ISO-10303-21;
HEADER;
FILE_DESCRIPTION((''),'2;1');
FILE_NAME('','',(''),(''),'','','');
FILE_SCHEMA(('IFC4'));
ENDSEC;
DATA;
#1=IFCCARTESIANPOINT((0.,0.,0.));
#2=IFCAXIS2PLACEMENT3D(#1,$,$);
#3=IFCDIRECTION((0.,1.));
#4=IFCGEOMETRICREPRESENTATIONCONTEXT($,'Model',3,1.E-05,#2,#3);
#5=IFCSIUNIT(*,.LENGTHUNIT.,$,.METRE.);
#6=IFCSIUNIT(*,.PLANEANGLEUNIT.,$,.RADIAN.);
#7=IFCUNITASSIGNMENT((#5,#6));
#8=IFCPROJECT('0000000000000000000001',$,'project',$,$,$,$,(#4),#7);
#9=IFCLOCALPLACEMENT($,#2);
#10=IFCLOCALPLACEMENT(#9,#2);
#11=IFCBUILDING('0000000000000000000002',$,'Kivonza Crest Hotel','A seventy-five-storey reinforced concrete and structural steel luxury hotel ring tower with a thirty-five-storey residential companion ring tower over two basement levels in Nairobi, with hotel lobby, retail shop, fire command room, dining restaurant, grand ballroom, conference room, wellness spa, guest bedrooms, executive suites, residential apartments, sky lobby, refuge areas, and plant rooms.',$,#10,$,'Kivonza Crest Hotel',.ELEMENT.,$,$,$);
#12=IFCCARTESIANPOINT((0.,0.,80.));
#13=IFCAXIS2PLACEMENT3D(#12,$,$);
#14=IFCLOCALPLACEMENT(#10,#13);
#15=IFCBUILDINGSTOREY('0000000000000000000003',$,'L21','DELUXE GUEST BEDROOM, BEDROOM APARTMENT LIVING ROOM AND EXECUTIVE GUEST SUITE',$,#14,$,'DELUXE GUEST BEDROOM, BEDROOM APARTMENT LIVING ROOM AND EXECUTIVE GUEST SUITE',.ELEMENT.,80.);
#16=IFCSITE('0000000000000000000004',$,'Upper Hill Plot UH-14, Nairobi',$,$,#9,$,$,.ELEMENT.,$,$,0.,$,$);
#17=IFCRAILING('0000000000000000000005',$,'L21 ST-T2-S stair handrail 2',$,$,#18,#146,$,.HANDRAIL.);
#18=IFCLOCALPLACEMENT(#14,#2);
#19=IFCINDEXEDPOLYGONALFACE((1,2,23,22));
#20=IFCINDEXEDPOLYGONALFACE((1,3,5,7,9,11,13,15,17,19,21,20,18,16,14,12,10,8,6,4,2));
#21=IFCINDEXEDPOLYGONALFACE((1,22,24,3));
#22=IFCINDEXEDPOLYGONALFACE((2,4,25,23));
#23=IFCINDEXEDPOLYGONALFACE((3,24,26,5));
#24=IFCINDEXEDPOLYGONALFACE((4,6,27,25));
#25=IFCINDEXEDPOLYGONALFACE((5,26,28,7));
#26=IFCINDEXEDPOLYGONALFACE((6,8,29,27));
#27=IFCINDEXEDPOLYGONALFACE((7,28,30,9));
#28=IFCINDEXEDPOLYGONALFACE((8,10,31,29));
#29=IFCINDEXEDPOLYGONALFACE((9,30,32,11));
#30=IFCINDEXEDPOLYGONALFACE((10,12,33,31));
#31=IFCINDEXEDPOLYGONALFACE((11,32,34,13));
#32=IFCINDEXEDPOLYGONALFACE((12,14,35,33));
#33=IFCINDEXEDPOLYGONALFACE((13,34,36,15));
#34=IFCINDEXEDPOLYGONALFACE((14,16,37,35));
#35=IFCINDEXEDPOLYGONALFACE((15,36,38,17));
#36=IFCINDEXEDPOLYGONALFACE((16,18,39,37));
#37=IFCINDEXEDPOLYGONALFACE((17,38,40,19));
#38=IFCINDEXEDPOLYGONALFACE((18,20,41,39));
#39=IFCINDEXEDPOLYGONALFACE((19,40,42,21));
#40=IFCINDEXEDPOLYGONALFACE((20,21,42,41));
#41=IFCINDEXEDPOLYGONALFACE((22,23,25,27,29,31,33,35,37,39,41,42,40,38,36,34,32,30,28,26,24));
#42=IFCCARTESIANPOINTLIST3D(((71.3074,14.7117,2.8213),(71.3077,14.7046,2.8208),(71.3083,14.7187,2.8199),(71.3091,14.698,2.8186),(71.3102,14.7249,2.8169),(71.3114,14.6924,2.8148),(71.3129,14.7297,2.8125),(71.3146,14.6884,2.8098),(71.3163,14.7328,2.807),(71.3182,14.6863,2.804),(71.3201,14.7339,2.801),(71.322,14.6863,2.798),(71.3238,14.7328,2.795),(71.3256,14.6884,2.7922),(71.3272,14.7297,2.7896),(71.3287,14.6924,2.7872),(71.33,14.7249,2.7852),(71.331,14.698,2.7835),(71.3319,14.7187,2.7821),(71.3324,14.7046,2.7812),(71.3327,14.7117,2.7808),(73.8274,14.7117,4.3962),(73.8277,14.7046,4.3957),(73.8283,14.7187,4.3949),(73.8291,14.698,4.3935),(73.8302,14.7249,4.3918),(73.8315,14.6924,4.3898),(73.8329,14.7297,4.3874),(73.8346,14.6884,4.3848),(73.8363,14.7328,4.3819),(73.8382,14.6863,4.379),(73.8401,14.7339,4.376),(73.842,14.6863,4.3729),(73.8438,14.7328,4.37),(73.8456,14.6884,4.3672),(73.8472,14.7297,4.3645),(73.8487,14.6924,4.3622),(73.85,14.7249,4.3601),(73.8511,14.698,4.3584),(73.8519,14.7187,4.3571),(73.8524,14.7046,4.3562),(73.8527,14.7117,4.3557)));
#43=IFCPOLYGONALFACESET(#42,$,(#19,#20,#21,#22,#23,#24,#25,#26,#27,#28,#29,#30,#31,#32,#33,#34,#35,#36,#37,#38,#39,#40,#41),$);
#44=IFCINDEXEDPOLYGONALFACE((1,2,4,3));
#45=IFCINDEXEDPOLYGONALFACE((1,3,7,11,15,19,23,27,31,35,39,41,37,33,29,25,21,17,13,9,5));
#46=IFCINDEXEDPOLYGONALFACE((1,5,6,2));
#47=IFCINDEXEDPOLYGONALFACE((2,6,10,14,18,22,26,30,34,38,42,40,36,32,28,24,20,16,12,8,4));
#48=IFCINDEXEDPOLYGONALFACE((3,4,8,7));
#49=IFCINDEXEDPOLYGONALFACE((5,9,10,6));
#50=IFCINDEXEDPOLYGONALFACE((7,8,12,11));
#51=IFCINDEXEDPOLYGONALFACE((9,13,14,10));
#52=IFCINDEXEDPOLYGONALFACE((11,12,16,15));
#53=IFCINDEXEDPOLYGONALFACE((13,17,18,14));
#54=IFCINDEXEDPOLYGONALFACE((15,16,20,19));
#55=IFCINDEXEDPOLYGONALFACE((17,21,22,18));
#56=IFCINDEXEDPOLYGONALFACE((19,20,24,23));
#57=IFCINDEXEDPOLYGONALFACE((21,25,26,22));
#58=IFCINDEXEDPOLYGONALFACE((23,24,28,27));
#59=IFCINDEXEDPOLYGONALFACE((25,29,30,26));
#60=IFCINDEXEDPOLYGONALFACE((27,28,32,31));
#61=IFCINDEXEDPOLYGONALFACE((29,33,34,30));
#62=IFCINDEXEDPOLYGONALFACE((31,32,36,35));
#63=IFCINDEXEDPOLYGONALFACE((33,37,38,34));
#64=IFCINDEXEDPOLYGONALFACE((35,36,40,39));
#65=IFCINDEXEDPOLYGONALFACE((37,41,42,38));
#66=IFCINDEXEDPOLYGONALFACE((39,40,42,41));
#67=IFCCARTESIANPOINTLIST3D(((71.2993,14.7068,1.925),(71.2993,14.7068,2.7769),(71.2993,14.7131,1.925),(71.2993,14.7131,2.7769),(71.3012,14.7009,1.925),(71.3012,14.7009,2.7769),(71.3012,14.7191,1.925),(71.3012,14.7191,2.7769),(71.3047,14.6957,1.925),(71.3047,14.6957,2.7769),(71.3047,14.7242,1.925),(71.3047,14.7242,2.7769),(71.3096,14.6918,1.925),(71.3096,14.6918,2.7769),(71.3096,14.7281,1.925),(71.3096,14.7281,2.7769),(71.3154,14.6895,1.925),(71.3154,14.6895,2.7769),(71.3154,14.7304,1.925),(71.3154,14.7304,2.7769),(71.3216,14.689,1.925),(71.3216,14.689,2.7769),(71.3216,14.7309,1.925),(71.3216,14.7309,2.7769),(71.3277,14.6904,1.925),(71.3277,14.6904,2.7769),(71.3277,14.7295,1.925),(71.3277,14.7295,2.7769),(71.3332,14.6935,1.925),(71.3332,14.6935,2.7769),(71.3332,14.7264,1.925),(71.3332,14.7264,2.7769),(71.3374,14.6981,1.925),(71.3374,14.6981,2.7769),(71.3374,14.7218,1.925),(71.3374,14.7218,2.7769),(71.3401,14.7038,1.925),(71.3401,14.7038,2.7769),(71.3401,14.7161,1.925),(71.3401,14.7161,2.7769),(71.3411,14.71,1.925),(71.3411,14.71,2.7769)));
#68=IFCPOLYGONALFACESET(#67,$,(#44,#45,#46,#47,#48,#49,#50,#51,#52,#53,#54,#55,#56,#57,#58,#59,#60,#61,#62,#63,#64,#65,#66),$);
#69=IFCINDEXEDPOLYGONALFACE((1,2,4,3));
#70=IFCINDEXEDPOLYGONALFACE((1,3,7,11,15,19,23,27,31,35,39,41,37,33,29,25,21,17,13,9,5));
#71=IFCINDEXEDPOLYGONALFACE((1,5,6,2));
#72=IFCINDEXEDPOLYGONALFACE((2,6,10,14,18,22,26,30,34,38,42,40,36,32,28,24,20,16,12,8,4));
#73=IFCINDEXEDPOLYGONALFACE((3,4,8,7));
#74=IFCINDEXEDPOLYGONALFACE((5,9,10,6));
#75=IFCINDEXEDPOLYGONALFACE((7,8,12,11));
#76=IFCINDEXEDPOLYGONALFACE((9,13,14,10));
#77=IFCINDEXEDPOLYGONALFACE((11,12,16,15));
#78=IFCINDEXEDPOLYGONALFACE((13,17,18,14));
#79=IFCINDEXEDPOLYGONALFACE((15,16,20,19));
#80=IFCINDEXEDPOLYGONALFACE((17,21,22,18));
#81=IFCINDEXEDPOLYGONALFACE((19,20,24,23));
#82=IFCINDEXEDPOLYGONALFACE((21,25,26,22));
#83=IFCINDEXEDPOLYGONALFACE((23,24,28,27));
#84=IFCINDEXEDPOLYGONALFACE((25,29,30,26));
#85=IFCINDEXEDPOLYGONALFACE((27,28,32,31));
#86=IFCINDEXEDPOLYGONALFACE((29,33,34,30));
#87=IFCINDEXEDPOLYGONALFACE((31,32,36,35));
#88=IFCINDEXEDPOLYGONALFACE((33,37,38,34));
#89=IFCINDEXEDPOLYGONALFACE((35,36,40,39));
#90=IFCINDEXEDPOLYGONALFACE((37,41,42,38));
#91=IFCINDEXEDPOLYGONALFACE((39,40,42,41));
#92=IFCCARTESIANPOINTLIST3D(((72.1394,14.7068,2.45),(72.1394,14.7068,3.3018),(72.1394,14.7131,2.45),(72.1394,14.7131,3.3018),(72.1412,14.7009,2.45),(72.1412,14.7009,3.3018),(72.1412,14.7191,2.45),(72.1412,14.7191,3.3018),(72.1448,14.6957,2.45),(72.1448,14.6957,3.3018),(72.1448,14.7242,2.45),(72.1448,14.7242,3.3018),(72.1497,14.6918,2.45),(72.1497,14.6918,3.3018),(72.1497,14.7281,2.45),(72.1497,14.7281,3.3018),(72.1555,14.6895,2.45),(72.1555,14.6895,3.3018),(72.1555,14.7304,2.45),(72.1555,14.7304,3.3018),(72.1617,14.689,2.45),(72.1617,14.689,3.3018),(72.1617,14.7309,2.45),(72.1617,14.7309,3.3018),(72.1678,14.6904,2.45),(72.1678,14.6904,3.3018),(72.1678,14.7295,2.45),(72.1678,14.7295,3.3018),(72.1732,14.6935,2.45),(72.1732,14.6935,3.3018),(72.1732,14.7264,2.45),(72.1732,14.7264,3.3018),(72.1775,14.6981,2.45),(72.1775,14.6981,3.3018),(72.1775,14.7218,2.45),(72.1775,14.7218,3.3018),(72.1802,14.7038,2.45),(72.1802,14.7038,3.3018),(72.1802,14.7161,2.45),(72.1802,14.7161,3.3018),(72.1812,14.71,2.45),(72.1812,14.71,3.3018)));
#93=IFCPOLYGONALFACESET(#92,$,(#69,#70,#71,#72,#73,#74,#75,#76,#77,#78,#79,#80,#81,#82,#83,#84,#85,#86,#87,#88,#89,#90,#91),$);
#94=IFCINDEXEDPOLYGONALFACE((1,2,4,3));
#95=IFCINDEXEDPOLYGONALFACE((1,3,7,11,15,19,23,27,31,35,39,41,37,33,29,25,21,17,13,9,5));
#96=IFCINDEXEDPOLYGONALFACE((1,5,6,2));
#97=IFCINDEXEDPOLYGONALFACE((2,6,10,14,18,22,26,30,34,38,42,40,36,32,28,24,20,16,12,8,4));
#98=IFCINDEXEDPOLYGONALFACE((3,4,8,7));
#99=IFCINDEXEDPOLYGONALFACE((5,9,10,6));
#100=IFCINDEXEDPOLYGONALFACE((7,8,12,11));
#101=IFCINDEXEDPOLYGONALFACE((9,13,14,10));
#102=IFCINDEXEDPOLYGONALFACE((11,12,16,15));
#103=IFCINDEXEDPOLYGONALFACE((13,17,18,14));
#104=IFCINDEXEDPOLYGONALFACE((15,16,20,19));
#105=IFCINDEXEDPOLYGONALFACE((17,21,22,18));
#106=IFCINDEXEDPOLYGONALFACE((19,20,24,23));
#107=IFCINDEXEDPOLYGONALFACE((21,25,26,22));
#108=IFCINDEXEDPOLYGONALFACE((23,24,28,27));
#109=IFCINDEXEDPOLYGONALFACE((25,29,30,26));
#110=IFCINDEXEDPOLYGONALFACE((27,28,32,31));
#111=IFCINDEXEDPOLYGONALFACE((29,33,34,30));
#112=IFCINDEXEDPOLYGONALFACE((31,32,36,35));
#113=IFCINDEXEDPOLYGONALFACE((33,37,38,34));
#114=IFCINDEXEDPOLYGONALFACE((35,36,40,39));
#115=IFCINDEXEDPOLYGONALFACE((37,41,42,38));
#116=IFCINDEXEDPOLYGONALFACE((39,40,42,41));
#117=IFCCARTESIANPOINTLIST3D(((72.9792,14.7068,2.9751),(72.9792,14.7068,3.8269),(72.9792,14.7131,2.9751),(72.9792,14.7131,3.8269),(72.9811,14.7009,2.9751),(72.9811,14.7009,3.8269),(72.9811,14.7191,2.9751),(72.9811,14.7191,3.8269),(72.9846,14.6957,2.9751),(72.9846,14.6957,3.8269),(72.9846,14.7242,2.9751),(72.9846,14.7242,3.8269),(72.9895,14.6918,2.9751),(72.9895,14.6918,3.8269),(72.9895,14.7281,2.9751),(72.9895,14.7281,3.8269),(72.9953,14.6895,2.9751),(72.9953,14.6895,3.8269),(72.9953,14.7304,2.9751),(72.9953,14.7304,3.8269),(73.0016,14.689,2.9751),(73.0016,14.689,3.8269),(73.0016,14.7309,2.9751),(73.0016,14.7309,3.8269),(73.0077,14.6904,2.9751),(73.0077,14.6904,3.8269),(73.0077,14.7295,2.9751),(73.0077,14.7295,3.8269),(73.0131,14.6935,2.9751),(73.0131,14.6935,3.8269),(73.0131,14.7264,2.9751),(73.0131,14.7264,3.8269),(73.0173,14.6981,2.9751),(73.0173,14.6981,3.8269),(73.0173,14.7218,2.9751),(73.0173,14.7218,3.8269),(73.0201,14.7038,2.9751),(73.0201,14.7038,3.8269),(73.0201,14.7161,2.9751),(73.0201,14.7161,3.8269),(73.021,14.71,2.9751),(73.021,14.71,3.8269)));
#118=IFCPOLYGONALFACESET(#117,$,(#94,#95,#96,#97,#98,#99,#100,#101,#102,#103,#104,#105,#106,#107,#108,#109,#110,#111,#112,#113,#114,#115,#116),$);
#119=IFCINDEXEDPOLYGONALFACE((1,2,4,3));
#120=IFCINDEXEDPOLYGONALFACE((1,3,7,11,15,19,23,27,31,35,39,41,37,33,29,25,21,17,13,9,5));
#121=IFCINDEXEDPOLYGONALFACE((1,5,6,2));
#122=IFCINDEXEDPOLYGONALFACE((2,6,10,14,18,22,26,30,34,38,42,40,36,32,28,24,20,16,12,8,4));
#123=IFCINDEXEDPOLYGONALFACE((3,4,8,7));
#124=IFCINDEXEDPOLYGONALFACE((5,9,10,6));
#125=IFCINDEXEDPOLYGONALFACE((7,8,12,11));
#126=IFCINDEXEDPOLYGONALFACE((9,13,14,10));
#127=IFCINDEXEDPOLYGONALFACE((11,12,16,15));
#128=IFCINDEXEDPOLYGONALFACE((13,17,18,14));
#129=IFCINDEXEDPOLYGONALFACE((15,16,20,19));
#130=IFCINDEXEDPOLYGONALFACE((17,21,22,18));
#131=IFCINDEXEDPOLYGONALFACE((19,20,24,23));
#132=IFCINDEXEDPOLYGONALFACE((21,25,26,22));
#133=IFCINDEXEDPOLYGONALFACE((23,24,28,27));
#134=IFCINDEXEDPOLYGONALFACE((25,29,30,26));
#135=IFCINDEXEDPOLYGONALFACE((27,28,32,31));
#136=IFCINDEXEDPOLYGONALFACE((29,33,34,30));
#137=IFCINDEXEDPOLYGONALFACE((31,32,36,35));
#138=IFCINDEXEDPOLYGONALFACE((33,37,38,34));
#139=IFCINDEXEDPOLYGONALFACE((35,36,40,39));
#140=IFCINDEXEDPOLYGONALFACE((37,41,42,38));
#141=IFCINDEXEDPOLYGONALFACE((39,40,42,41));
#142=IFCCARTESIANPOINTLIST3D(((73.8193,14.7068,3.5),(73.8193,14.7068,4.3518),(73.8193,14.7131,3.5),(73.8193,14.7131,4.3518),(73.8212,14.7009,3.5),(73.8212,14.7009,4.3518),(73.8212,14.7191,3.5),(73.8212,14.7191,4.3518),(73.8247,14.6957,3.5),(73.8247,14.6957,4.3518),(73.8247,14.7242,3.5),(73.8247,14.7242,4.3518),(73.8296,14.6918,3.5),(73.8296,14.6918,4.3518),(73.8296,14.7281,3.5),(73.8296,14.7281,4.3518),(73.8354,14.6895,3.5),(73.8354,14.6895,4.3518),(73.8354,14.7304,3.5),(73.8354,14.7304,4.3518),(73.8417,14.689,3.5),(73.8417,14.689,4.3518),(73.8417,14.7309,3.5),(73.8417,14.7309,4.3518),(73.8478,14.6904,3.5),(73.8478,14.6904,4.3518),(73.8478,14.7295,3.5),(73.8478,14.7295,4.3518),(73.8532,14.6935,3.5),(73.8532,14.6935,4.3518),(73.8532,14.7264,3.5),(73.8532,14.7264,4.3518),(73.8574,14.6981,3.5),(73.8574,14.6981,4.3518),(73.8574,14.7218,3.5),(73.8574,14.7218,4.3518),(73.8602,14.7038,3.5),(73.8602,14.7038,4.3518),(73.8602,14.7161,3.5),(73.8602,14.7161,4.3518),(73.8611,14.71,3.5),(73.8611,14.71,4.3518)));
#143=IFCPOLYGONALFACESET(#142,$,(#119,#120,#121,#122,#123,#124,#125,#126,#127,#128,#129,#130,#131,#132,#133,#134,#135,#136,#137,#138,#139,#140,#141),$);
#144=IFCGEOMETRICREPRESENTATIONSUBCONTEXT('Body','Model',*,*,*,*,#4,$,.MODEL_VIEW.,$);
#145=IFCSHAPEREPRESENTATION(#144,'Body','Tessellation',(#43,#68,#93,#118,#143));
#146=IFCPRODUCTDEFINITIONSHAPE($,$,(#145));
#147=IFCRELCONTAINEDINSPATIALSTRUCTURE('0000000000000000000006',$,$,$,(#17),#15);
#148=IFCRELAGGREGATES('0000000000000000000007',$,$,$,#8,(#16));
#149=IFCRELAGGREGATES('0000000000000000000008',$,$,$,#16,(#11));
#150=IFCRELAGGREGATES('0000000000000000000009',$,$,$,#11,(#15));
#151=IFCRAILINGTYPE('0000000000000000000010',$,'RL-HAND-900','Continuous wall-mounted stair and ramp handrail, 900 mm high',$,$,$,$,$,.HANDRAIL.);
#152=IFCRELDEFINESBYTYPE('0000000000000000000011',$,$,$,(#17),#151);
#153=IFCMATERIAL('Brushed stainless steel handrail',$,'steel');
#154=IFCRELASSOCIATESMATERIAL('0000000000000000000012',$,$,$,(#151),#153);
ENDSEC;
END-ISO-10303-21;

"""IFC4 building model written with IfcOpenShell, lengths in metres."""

from ifc_helpers import new_model, si_unit, direction, frame, origin, origin_2d, place, context, subcontext, project, spatial, circle, extrude, material, type_object, element, save


model = new_model("IFC4")

# Units and contexts
model_context = context("Model", 3, precision=1e-05, world=origin(), true_north=direction((0.0, 1.0)))
body_context = subcontext(model_context, "Body", "Model", "MODEL_VIEW")
ifc_project = project(units=[si_unit("LENGTHUNIT", "METRE"), si_unit("PLANEANGLEUNIT", "RADIAN")], contexts=[model_context])

# Site, building, storey
site_placement = place(None, origin())
site = spatial("IfcSite", under=ifc_project, at=site_placement, Name="Upper Hill Plot UH-14, Nairobi", CompositionType="ELEMENT", RefElevation=0.0)
building_placement = place(site_placement, origin())
building = spatial("IfcBuilding", under=site, at=building_placement, Name="Kivonza Crest Hotel", Description="A seventy-five-storey reinforced concrete and structural steel luxury hotel ring tower with a thirty-five-storey residential companion ring tower over two basement levels in Nairobi, with hotel lobby, retail shop, fire command room, dining restaurant, grand ballroom, conference room, wellness spa, guest bedrooms, executive suites, residential apartments, sky lobby, refuge areas, and plant rooms.", LongName="Kivonza Crest Hotel", CompositionType="ELEMENT")
storey_placement = place(building_placement, frame((0.0, 0.0, 80.0)))
storey = spatial("IfcBuildingStorey", under=building, at=storey_placement, Name="L21", Description="DELUXE GUEST BEDROOM, BEDROOM APARTMENT LIVING ROOM AND EXECUTIVE GUEST SUITE", LongName="DELUXE GUEST BEDROOM, BEDROOM APARTMENT LIVING ROOM AND EXECUTIVE GUEST SUITE", CompositionType="ELEMENT", Elevation=80.0)

# Railing
ifc_material_1 = material(Name="Brushed stainless steel handrail", Category="steel")
railing_type_1 = type_object("IfcRailingType", Name="RL-HAND-900", Description="Continuous wall-mounted stair and ramp handrail, 900 mm high", PredefinedType="HANDRAIL", material=ifc_material_1)
railing_1_placement = place(storey_placement, frame((71.3201, 14.71, 1.925)))
element("IfcRailing", 1, at=railing_1_placement, inside=storey, type_object=railing_type_1, Name="L21 ST-T2-S stair handrail 2", PredefinedType="HANDRAIL", context=body_context, shape_type="SweptSolid", body=[
    extrude(circle(Radius=0.0239, at=origin_2d()), frame((0.0, 0.0, 0.876), z_axis=(0.848008, 0.0, 0.529984), x_axis=(0.0, 1.0, 0.0)), (0.0, 0.0, 1.0), 2.9717),
    extrude(circle(Radius=0.021, at=origin_2d()), origin(), (0.0, 0.0, 1.0), 0.8518),
    extrude(circle(Radius=0.021, at=origin_2d()), frame((0.8401, 0.0, 0.5249)), (0.0, 0.0, 1.0), 0.8518),
    extrude(circle(Radius=0.021, at=origin_2d()), frame((1.6799, 0.0, 1.05)), (0.0, 0.0, 1.0), 0.8518),
    extrude(circle(Radius=0.021, at=origin_2d()), frame((2.52, 0.0, 1.575)), (0.0, 0.0, 1.0), 0.8518),
])

save(model, "model.ifc")
